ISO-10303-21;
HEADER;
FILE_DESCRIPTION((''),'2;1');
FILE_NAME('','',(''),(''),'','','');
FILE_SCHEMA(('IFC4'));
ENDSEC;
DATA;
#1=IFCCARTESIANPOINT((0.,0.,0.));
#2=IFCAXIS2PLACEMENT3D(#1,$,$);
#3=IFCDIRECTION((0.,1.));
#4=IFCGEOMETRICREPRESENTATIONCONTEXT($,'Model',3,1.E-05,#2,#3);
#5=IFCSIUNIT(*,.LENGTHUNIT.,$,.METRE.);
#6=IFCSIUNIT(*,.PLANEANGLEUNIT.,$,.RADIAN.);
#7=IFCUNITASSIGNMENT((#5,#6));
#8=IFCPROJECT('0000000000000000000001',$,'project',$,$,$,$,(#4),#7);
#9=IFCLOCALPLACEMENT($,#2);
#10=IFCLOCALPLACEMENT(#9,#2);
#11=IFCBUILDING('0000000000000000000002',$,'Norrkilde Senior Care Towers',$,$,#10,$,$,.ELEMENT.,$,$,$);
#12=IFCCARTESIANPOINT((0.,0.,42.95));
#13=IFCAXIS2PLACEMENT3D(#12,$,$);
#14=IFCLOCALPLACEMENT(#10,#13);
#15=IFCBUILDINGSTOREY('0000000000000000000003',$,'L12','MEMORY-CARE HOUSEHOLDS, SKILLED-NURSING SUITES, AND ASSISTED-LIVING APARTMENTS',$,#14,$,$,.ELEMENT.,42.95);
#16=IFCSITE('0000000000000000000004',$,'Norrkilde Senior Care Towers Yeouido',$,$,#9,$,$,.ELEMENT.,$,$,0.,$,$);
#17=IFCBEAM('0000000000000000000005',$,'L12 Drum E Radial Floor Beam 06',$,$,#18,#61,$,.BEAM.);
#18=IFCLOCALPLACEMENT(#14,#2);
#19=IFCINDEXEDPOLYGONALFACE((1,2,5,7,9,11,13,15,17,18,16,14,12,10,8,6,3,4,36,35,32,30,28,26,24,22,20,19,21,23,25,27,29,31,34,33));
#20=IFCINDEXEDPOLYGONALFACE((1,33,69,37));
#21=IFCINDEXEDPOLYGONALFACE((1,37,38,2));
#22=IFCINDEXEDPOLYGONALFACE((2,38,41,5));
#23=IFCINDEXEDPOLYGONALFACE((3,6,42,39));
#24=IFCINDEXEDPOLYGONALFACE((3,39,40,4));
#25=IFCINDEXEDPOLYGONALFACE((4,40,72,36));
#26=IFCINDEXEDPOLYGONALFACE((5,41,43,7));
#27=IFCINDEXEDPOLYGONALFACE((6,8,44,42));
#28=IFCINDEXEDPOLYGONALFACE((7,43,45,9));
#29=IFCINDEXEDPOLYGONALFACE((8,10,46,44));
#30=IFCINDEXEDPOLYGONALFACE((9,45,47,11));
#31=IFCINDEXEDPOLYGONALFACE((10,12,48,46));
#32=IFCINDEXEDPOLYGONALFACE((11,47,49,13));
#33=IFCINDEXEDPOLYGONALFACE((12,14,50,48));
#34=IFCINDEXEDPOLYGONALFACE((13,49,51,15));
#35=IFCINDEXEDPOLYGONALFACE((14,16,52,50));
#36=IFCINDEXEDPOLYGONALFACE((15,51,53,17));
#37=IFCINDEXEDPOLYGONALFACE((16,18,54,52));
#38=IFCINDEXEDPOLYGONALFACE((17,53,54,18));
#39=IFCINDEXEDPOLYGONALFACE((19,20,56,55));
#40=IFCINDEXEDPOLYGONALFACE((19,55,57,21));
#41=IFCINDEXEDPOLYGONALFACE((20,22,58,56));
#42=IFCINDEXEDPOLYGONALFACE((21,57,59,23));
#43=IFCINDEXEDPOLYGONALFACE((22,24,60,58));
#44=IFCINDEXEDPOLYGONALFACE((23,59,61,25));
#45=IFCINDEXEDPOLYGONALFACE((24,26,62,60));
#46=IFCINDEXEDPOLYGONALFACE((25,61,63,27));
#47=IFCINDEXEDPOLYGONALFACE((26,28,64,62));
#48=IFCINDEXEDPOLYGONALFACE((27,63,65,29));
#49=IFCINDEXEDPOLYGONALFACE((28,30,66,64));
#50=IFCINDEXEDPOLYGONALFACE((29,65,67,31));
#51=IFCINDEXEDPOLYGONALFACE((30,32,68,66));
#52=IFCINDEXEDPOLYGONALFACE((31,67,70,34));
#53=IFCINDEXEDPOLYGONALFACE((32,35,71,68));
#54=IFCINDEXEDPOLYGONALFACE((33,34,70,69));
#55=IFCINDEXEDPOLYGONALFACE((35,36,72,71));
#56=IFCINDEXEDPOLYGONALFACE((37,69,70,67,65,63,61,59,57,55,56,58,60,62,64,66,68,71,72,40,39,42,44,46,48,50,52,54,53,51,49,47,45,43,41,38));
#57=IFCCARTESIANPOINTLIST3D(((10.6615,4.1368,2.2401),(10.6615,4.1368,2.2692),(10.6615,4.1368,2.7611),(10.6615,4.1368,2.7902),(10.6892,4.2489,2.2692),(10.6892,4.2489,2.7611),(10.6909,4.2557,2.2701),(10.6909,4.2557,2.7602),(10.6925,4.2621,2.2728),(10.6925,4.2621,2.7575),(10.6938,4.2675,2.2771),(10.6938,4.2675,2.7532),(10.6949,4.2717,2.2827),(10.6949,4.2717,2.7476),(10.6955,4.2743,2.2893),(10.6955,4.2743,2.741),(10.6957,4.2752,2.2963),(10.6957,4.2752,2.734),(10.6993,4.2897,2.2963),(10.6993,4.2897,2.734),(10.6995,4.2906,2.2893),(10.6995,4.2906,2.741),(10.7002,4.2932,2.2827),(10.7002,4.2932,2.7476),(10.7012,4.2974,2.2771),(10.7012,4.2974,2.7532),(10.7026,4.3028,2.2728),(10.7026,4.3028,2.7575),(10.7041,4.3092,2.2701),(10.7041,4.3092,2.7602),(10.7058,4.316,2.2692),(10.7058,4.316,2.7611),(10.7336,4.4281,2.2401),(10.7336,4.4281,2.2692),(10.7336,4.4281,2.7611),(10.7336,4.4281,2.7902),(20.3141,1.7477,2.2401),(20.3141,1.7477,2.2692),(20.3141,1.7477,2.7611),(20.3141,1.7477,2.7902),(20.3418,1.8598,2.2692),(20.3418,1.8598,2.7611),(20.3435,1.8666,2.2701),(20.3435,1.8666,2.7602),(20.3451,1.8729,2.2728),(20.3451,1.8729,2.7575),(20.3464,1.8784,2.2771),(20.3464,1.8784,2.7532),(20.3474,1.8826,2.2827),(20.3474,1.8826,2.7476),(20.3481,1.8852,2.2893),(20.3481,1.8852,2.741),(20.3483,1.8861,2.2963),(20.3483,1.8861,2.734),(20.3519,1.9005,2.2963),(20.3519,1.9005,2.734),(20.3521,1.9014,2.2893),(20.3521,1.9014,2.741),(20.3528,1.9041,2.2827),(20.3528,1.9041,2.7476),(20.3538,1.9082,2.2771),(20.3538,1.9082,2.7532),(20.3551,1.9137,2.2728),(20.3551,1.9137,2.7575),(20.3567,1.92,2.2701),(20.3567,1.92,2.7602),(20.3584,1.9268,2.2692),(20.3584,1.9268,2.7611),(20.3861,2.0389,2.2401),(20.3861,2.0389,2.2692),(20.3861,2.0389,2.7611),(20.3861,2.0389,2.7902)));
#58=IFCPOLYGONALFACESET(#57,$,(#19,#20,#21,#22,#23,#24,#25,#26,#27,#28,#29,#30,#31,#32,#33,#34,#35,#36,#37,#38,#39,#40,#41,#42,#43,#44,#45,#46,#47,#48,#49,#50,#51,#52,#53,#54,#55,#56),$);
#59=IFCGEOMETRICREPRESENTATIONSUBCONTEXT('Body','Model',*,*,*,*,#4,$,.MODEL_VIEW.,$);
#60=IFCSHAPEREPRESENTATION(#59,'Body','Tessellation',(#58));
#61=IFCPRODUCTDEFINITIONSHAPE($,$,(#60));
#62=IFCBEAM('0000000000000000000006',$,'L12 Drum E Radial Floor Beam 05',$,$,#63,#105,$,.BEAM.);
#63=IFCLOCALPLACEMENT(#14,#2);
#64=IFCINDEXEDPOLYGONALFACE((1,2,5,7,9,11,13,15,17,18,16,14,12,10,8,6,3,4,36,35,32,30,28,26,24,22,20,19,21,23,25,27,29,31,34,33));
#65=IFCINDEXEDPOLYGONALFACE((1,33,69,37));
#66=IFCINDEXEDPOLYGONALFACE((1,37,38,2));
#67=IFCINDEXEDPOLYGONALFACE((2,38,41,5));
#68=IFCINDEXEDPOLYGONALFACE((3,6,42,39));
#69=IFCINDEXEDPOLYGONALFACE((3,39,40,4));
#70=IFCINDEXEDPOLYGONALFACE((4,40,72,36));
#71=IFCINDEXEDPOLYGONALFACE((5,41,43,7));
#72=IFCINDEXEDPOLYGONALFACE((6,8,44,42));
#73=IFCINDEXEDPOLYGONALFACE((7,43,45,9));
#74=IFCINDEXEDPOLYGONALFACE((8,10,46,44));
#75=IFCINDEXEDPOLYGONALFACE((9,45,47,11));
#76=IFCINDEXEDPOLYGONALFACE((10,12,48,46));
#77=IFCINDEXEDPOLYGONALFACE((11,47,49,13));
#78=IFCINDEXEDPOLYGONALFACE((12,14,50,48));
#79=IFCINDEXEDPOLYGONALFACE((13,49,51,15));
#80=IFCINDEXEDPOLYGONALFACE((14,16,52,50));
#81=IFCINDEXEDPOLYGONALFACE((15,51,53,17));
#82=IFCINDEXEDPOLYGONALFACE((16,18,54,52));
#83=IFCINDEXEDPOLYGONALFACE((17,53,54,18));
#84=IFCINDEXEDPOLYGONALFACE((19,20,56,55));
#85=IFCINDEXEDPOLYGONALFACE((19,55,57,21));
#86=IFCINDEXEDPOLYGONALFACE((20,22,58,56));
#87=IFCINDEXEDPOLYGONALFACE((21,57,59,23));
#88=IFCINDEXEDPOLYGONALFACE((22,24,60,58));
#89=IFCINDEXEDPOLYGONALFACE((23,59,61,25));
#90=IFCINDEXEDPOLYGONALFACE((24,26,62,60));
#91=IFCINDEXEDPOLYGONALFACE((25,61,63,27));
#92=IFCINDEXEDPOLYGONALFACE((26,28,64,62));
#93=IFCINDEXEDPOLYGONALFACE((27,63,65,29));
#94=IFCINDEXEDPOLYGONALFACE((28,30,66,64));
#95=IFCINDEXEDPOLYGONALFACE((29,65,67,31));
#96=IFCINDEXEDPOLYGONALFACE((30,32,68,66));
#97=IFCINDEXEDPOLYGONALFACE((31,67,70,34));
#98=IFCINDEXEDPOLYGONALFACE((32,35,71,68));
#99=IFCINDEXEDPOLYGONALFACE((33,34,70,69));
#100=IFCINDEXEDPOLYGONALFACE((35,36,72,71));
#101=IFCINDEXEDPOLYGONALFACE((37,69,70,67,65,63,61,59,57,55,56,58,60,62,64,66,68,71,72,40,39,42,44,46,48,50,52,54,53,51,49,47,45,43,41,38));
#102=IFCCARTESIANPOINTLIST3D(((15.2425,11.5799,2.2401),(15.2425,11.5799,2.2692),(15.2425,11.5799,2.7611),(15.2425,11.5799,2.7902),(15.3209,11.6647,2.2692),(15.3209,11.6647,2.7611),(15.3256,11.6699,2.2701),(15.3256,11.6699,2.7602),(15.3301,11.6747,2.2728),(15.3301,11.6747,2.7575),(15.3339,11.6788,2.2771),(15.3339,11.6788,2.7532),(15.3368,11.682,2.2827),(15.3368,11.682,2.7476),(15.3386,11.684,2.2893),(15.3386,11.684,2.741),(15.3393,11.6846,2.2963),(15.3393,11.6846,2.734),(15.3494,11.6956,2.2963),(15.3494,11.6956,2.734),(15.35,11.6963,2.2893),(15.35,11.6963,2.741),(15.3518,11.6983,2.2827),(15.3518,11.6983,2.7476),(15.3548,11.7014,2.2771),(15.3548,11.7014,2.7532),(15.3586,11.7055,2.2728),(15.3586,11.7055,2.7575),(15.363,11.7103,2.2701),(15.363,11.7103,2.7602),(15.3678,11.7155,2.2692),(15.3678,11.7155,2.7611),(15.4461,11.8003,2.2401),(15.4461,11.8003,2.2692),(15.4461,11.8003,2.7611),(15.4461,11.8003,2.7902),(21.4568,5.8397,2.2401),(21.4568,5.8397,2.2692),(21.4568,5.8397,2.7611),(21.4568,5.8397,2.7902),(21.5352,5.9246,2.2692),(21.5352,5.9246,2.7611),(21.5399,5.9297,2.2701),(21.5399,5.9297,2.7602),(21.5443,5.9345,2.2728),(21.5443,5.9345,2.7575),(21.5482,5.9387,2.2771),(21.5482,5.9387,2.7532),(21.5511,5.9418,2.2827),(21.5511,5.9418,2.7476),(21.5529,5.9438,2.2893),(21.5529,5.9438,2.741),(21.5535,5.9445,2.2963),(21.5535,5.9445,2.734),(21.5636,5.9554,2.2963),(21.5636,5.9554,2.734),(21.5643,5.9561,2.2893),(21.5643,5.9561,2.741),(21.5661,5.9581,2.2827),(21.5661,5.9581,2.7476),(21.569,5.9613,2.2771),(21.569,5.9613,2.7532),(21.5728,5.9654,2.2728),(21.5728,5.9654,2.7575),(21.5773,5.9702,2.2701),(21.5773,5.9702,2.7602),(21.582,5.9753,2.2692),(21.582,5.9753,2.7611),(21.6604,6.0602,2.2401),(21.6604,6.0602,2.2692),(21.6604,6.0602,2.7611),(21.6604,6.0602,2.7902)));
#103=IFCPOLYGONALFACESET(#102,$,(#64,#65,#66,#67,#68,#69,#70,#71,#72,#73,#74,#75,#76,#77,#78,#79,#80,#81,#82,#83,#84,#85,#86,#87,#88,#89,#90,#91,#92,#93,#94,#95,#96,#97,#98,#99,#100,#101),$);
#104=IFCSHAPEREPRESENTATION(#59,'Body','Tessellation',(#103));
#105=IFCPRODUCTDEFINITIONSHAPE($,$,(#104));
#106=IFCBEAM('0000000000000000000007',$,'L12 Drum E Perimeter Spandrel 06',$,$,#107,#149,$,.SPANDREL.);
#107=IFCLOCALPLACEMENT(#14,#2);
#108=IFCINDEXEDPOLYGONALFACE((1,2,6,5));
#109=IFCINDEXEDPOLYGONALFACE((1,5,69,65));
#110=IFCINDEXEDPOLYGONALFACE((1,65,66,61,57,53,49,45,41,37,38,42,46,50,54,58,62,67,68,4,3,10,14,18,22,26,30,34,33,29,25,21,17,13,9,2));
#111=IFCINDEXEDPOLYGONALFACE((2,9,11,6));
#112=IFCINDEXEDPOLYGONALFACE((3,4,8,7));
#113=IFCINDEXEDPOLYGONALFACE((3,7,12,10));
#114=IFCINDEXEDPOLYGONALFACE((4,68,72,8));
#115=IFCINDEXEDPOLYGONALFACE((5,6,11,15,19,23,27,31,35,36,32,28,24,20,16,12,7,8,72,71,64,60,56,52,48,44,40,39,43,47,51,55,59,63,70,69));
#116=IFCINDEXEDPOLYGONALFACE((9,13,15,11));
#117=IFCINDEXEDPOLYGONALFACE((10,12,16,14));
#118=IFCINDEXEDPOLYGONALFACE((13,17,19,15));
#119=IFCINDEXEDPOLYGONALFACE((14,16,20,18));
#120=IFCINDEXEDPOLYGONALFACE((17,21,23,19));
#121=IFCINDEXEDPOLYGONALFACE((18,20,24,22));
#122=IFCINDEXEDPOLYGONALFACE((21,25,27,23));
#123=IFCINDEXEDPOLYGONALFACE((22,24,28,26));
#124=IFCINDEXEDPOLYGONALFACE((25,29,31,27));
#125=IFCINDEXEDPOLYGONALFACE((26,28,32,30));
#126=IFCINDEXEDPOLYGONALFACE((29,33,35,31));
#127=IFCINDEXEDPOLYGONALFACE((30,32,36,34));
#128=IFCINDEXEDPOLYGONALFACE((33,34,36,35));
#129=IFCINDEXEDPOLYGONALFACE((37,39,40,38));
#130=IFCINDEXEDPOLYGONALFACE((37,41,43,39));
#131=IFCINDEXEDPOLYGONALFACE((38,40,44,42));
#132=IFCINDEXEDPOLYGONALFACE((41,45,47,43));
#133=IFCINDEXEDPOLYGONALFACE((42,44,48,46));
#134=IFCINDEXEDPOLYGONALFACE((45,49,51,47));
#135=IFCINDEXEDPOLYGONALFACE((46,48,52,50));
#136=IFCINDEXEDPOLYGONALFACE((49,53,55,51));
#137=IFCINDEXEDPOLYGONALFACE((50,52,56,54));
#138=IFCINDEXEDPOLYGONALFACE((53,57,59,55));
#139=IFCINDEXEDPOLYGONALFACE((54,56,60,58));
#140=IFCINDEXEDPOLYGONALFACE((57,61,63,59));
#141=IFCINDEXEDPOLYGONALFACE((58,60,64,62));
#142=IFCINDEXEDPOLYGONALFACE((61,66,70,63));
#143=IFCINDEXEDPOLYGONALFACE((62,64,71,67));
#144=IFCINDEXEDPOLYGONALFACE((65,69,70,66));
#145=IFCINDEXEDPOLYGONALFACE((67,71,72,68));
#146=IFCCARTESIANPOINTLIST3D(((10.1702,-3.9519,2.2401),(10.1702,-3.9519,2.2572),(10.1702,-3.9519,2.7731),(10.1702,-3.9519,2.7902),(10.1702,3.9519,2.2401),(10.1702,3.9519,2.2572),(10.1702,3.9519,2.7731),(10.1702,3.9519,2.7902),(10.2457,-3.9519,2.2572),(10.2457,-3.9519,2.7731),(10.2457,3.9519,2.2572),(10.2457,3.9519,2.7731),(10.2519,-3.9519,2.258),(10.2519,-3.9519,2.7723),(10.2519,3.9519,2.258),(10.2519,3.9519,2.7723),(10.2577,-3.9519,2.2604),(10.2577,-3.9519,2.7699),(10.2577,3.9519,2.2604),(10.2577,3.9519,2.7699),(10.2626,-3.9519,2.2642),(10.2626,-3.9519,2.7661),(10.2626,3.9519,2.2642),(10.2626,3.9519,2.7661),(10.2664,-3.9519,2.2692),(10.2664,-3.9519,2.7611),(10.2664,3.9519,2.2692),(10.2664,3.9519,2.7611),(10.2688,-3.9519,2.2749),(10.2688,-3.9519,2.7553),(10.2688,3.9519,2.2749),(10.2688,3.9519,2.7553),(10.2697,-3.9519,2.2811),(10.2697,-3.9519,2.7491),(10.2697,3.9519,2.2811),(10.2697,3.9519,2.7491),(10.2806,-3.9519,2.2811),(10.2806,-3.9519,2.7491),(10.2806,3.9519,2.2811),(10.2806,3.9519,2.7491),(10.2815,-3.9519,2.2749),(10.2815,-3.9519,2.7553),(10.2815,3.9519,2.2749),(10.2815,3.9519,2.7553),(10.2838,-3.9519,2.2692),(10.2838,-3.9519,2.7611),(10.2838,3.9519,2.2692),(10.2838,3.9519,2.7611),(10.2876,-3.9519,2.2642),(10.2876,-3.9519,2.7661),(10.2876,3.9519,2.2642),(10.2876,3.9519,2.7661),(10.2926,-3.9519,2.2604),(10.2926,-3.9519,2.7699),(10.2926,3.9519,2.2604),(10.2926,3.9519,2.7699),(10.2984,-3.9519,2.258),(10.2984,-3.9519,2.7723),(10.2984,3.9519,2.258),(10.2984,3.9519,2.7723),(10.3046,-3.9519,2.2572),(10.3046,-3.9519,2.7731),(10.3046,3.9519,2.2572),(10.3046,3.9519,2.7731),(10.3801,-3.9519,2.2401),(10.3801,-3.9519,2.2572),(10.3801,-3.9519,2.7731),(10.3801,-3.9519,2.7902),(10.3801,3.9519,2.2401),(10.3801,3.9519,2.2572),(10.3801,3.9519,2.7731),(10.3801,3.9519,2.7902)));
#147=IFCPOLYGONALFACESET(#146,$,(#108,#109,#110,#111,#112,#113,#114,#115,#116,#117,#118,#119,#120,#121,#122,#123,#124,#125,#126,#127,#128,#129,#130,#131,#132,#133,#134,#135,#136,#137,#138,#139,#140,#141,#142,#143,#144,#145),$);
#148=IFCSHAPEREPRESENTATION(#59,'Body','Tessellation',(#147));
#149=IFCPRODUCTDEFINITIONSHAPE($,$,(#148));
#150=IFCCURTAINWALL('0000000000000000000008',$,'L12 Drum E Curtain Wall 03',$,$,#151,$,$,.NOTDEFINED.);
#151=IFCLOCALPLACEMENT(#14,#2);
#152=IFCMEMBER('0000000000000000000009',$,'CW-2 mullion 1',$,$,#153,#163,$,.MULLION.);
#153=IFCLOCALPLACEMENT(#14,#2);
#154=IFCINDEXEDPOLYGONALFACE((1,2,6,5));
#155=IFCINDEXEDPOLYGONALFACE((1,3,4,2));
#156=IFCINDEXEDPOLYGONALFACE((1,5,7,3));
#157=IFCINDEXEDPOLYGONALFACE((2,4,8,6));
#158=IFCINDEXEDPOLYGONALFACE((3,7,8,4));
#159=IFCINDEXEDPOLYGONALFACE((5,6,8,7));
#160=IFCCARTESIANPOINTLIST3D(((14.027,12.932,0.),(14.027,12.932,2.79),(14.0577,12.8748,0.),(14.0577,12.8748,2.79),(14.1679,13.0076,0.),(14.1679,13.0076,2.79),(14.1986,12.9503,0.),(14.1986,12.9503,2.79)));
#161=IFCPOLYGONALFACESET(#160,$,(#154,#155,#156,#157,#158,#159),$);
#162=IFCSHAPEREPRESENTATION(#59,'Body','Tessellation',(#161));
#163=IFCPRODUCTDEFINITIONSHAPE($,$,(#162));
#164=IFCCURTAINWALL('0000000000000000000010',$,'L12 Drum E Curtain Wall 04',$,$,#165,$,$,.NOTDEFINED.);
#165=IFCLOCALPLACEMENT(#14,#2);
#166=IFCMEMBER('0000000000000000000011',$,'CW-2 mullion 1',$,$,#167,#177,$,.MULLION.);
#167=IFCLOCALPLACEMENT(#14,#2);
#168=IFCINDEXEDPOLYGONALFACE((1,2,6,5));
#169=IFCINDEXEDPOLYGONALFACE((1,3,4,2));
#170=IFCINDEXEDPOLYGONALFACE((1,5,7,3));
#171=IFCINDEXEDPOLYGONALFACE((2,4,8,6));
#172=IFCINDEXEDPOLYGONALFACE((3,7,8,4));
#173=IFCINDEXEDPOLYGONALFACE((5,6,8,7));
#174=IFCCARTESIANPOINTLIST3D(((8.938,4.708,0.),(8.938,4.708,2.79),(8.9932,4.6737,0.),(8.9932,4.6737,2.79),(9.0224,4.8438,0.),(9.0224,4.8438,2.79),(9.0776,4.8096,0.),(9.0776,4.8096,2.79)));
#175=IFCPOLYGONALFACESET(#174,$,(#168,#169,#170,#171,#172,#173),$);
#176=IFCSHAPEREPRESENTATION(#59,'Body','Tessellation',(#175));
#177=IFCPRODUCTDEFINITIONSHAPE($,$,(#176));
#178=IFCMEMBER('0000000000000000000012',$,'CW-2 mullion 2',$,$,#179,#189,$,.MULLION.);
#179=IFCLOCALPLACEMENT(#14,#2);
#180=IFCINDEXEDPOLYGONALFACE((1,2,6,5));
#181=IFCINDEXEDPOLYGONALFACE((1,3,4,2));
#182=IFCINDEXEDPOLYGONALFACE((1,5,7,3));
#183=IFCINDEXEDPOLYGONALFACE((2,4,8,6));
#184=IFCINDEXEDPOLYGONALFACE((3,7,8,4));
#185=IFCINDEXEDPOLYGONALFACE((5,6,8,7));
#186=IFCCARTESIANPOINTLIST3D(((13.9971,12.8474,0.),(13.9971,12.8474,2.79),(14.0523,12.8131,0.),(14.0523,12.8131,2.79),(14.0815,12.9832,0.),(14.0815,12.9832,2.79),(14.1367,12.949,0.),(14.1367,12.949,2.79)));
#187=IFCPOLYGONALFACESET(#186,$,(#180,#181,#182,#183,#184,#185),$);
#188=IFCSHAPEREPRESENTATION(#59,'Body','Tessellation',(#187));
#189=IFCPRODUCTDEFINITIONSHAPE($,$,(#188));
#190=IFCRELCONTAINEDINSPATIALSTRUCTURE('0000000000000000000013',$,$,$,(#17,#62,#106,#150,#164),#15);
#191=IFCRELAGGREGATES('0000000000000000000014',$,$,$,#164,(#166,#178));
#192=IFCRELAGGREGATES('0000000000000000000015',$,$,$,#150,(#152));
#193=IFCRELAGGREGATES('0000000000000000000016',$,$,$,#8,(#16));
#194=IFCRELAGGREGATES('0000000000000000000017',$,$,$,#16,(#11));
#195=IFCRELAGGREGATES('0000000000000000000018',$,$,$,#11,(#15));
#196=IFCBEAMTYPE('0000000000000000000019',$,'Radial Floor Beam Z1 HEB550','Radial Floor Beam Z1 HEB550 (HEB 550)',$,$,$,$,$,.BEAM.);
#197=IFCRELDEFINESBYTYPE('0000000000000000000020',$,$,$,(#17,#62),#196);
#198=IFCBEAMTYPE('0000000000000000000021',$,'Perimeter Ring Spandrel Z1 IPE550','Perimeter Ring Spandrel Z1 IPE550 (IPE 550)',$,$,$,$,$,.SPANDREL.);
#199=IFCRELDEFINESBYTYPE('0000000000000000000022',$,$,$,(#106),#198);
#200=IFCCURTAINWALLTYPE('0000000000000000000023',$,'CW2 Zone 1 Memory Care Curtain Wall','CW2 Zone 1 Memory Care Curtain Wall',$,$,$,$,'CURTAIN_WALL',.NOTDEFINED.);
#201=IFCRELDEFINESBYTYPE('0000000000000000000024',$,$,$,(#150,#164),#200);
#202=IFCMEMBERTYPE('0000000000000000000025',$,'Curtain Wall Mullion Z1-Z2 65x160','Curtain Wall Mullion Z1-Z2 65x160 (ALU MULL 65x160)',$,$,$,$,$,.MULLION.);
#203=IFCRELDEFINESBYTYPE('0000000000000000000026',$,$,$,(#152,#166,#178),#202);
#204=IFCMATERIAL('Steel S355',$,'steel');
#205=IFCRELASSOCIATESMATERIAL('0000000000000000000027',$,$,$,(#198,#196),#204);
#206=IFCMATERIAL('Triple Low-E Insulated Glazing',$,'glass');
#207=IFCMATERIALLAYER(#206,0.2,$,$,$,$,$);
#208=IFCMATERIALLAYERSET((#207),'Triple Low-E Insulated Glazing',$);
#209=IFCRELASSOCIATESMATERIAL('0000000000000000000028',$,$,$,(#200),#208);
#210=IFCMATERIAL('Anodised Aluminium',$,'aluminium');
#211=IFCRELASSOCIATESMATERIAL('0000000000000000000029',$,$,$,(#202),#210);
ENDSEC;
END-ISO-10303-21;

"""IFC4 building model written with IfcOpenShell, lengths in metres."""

from ifc_helpers import new_model, si_unit, direction, frame, origin, origin_2d, place, context, subcontext, project, spatial, rectangle, i_section, extrude, source, transform, mapped, material, layer, layer_set, material_profile, profile_set, type_object, type_shapes, element, aggregate, save


model = new_model("IFC4")

# Units and contexts
model_context = context("Model", 3, precision=1e-05, world=origin(), true_north=direction((0.0, 1.0)))
body_context = subcontext(model_context, "Body", "Model", "MODEL_VIEW")
ifc_project = project(units=[si_unit("LENGTHUNIT", "METRE"), si_unit("PLANEANGLEUNIT", "RADIAN")], contexts=[model_context])

# Site, building, storey
site_placement = place(None, origin())
site = spatial("IfcSite", under=ifc_project, at=site_placement, Name="Norrkilde Senior Care Towers Yeouido", CompositionType="ELEMENT", RefElevation=0.0)
building_placement = place(site_placement, origin())
building = spatial("IfcBuilding", under=site, at=building_placement, Name="Norrkilde Senior Care Towers", CompositionType="ELEMENT")
storey_placement = place(building_placement, frame((0.0, 0.0, 42.95)))
storey = spatial("IfcBuildingStorey", under=building, at=storey_placement, Name="L12", Description="MEMORY-CARE HOUSEHOLDS, SKILLED-NURSING SUITES, AND ASSISTED-LIVING APARTMENTS", CompositionType="ELEMENT", Elevation=42.95)

# Beams
ifc_material_1 = material(Name="Steel S355", Category="steel")
ifc_material_profile_1 = material_profile(ifc_material_1, i_section(OverallWidth=0.21, OverallDepth=0.55, WebThickness=0.011, FlangeThickness=0.0171, FilletRadius=0.0239, at=origin_2d()), Name="IPE 550")
ifc_profile_set_1 = profile_set([ifc_material_profile_1], Name="Steel S355")
beam_type_1 = type_object("IfcBeamType", Name="Perimeter Ring Spandrel Z1 IPE550", Description="Perimeter Ring Spandrel Z1 IPE550 (IPE 550)", PredefinedType="SPANDREL", material=ifc_profile_set_1)
ifc_material_profile_2 = material_profile(ifc_material_1, i_section(OverallWidth=0.3, OverallDepth=0.55, WebThickness=0.0149, FlangeThickness=0.0291, FilletRadius=0.0271, at=origin_2d()), Name="HEB 550")
ifc_profile_set_2 = profile_set([ifc_material_profile_2], Name="Steel S355")
beam_type_2 = type_object("IfcBeamType", Name="Radial Floor Beam Z1 HEB550", Description="Radial Floor Beam Z1 HEB550 (HEB 550)", PredefinedType="BEAM", material=ifc_profile_set_2)
shared_shape_1 = source(origin(), body_context, "Body", "SweptSolid", [
    extrude(i_section(OverallWidth=0.3, OverallDepth=0.55, WebThickness=0.0149, FlangeThickness=0.0291, FilletRadius=0.0271, at=origin_2d()), origin(), (0.0, 0.0, 1.0), 9.9438),
])
beam_1_placement = place(storey_placement, frame((20.3501, 1.8933, 2.5151), z_axis=(-0.970707, 0.240265, 0.0), x_axis=(-0.240265, -0.970707, 0.0)))
element("IfcBeam", 1, at=beam_1_placement, inside=storey, type_object=beam_type_2, Name="L12 Drum E Radial Floor Beam 06", PredefinedType="BEAM", context=body_context, shape_type="MappedRepresentation", body=[
    mapped(shared_shape_1, transform((0.0, 0.0, 0.0), x_axis=(1.0, 0.0, 0.0), y_axis=(0.0, 1.0, 0.0), z_axis=(0.0, 0.0, 1.0), scale=1.0)),
])
shared_shape_2 = source(origin(), body_context, "Body", "SweptSolid", [
    extrude(i_section(OverallWidth=0.3, OverallDepth=0.55, WebThickness=0.0149, FlangeThickness=0.0291, FilletRadius=0.0271, at=origin_2d()), origin(), (0.0, 0.0, 1.0), 8.4597),
])
type_shapes(beam_type_2, [shared_shape_1, shared_shape_2])
beam_2_placement = place(storey_placement, frame((21.5586, 5.95, 2.5151), z_axis=(-0.734573, 0.678529, 0.0), x_axis=(-0.678529, -0.734573, 0.0)))
element("IfcBeam", 2, at=beam_2_placement, inside=storey, type_object=beam_type_2, Name="L12 Drum E Radial Floor Beam 05", PredefinedType="BEAM", context=body_context, shape_type="MappedRepresentation", body=[
    mapped(shared_shape_2, transform((0.0, 0.0, 0.0), x_axis=(1.0, 0.0, 0.0), y_axis=(0.0, 1.0, 0.0), z_axis=(0.0, 0.0, 1.0), scale=1.0)),
])
shared_shape_3 = source(origin(), body_context, "Body", "SweptSolid", [
    extrude(i_section(OverallWidth=0.21, OverallDepth=0.55, WebThickness=0.011, FlangeThickness=0.0171, FilletRadius=0.0239, at=origin_2d()), origin(), (0.0, 0.0, 1.0), 7.9038),
])
beam_3_placement = place(storey_placement, frame((10.2751, 3.9519, 2.5151), z_axis=(0.0, -1.0, 0.0), x_axis=(1.0, 0.0, 0.0)))
element("IfcBeam", 3, at=beam_3_placement, inside=storey, type_object=beam_type_1, Name="L12 Drum E Perimeter Spandrel 06", PredefinedType="SPANDREL", context=body_context, shape_type="MappedRepresentation", body=[
    mapped(shared_shape_3, transform((0.0, 0.0, 0.0), x_axis=(1.0, 0.0, 0.0), y_axis=(0.0, 1.0, 0.0), z_axis=(0.0, 0.0, 1.0), scale=1.0)),
])

# Curtain wall, member
ifc_material_2 = material(Name="Triple Low-E Insulated Glazing", Category="glass")
ifc_layer_1 = layer(ifc_material_2, 0.2)
ifc_layer_set_1 = layer_set([ifc_layer_1], Name="Triple Low-E Insulated Glazing")
curtain_wall_type = type_object("IfcCurtainWallType", Name="CW2 Zone 1 Memory Care Curtain Wall", Description="CW2 Zone 1 Memory Care Curtain Wall", ElementType="CURTAIN_WALL", PredefinedType="NOTDEFINED", material=ifc_layer_set_1)
curtain_wall_1_placement = place(storey_placement, origin())
curtain_wall_1 = element("IfcCurtainWall", 4, at=curtain_wall_1_placement, inside=storey, type_object=curtain_wall_type, Name="L12 Drum E Curtain Wall 03", PredefinedType="NOTDEFINED")
ifc_material_3 = material(Name="Anodised Aluminium", Category="aluminium")
ifc_material_profile_3 = material_profile(ifc_material_3, rectangle(XDim=0.0649, YDim=0.1599, at=origin_2d()), Name="ALU MULL 65x160")
ifc_profile_set_3 = profile_set([ifc_material_profile_3], Name="Anodised Aluminium")
member_type_1 = type_object("IfcMemberType", Name="Curtain Wall Mullion Z1-Z2 65x160", Description="Curtain Wall Mullion Z1-Z2 65x160 (ALU MULL 65x160)", PredefinedType="MULLION", material=ifc_profile_set_3)
shared_shape_4 = source(origin(), body_context, "Body", "SweptSolid", [
    extrude(rectangle(XDim=0.0649, YDim=0.1599, at=origin_2d()), origin(), (0.0, 0.0, 1.0), 2.79),
])
type_shapes(member_type_1, [shared_shape_4])
member_1_placement = place(storey_placement, frame((14.1128, 12.9412, 0.0), z_axis=(0.0, 0.0, 1.0), x_axis=(-0.472608, 0.881273, 0.0)))
member_1 = element("IfcMember", 5, at=member_1_placement, type_object=member_type_1, Name="CW-2 mullion 1", PredefinedType="MULLION", context=body_context, shape_type="MappedRepresentation", body=[
    mapped(shared_shape_4, transform((0.0, 0.0, 0.0), x_axis=(1.0, 0.0, 0.0), y_axis=(0.0, 1.0, 0.0), z_axis=(0.0, 0.0, 1.0), scale=1.0)),
])

# Curtain wall, members
curtain_wall_2_placement = place(storey_placement, origin())
curtain_wall_2 = element("IfcCurtainWall", 6, at=curtain_wall_2_placement, inside=storey, type_object=curtain_wall_type, Name="L12 Drum E Curtain Wall 04", PredefinedType="NOTDEFINED")
member_2_placement = place(storey_placement, frame((9.0078, 4.7588, 0.0), z_axis=(0.0, 0.0, 1.0), x_axis=(-0.849306, 0.527901, 0.0)))
member_2 = element("IfcMember", 7, at=member_2_placement, type_object=member_type_1, Name="CW-2 mullion 1", PredefinedType="MULLION", context=body_context, shape_type="MappedRepresentation", body=[
    mapped(shared_shape_4, transform((0.0, 0.0, 0.0), x_axis=(1.0, 0.0, 0.0), y_axis=(0.0, 1.0, 0.0), z_axis=(0.0, 0.0, 1.0), scale=1.0)),
])
member_3_placement = place(storey_placement, frame((14.0669, 12.8982, 0.0), z_axis=(0.0, 0.0, 1.0), x_axis=(-0.849306, 0.527901, 0.0)))
member_3 = element("IfcMember", 8, at=member_3_placement, type_object=member_type_1, Name="CW-2 mullion 2", PredefinedType="MULLION", context=body_context, shape_type="MappedRepresentation", body=[
    mapped(shared_shape_4, transform((0.0, 0.0, 0.0), x_axis=(1.0, 0.0, 0.0), y_axis=(0.0, 1.0, 0.0), z_axis=(0.0, 0.0, 1.0), scale=1.0)),
])

aggregate(curtain_wall_2, [member_2, member_3])
aggregate(curtain_wall_1, [member_1])

save(model, "model.ifc")
